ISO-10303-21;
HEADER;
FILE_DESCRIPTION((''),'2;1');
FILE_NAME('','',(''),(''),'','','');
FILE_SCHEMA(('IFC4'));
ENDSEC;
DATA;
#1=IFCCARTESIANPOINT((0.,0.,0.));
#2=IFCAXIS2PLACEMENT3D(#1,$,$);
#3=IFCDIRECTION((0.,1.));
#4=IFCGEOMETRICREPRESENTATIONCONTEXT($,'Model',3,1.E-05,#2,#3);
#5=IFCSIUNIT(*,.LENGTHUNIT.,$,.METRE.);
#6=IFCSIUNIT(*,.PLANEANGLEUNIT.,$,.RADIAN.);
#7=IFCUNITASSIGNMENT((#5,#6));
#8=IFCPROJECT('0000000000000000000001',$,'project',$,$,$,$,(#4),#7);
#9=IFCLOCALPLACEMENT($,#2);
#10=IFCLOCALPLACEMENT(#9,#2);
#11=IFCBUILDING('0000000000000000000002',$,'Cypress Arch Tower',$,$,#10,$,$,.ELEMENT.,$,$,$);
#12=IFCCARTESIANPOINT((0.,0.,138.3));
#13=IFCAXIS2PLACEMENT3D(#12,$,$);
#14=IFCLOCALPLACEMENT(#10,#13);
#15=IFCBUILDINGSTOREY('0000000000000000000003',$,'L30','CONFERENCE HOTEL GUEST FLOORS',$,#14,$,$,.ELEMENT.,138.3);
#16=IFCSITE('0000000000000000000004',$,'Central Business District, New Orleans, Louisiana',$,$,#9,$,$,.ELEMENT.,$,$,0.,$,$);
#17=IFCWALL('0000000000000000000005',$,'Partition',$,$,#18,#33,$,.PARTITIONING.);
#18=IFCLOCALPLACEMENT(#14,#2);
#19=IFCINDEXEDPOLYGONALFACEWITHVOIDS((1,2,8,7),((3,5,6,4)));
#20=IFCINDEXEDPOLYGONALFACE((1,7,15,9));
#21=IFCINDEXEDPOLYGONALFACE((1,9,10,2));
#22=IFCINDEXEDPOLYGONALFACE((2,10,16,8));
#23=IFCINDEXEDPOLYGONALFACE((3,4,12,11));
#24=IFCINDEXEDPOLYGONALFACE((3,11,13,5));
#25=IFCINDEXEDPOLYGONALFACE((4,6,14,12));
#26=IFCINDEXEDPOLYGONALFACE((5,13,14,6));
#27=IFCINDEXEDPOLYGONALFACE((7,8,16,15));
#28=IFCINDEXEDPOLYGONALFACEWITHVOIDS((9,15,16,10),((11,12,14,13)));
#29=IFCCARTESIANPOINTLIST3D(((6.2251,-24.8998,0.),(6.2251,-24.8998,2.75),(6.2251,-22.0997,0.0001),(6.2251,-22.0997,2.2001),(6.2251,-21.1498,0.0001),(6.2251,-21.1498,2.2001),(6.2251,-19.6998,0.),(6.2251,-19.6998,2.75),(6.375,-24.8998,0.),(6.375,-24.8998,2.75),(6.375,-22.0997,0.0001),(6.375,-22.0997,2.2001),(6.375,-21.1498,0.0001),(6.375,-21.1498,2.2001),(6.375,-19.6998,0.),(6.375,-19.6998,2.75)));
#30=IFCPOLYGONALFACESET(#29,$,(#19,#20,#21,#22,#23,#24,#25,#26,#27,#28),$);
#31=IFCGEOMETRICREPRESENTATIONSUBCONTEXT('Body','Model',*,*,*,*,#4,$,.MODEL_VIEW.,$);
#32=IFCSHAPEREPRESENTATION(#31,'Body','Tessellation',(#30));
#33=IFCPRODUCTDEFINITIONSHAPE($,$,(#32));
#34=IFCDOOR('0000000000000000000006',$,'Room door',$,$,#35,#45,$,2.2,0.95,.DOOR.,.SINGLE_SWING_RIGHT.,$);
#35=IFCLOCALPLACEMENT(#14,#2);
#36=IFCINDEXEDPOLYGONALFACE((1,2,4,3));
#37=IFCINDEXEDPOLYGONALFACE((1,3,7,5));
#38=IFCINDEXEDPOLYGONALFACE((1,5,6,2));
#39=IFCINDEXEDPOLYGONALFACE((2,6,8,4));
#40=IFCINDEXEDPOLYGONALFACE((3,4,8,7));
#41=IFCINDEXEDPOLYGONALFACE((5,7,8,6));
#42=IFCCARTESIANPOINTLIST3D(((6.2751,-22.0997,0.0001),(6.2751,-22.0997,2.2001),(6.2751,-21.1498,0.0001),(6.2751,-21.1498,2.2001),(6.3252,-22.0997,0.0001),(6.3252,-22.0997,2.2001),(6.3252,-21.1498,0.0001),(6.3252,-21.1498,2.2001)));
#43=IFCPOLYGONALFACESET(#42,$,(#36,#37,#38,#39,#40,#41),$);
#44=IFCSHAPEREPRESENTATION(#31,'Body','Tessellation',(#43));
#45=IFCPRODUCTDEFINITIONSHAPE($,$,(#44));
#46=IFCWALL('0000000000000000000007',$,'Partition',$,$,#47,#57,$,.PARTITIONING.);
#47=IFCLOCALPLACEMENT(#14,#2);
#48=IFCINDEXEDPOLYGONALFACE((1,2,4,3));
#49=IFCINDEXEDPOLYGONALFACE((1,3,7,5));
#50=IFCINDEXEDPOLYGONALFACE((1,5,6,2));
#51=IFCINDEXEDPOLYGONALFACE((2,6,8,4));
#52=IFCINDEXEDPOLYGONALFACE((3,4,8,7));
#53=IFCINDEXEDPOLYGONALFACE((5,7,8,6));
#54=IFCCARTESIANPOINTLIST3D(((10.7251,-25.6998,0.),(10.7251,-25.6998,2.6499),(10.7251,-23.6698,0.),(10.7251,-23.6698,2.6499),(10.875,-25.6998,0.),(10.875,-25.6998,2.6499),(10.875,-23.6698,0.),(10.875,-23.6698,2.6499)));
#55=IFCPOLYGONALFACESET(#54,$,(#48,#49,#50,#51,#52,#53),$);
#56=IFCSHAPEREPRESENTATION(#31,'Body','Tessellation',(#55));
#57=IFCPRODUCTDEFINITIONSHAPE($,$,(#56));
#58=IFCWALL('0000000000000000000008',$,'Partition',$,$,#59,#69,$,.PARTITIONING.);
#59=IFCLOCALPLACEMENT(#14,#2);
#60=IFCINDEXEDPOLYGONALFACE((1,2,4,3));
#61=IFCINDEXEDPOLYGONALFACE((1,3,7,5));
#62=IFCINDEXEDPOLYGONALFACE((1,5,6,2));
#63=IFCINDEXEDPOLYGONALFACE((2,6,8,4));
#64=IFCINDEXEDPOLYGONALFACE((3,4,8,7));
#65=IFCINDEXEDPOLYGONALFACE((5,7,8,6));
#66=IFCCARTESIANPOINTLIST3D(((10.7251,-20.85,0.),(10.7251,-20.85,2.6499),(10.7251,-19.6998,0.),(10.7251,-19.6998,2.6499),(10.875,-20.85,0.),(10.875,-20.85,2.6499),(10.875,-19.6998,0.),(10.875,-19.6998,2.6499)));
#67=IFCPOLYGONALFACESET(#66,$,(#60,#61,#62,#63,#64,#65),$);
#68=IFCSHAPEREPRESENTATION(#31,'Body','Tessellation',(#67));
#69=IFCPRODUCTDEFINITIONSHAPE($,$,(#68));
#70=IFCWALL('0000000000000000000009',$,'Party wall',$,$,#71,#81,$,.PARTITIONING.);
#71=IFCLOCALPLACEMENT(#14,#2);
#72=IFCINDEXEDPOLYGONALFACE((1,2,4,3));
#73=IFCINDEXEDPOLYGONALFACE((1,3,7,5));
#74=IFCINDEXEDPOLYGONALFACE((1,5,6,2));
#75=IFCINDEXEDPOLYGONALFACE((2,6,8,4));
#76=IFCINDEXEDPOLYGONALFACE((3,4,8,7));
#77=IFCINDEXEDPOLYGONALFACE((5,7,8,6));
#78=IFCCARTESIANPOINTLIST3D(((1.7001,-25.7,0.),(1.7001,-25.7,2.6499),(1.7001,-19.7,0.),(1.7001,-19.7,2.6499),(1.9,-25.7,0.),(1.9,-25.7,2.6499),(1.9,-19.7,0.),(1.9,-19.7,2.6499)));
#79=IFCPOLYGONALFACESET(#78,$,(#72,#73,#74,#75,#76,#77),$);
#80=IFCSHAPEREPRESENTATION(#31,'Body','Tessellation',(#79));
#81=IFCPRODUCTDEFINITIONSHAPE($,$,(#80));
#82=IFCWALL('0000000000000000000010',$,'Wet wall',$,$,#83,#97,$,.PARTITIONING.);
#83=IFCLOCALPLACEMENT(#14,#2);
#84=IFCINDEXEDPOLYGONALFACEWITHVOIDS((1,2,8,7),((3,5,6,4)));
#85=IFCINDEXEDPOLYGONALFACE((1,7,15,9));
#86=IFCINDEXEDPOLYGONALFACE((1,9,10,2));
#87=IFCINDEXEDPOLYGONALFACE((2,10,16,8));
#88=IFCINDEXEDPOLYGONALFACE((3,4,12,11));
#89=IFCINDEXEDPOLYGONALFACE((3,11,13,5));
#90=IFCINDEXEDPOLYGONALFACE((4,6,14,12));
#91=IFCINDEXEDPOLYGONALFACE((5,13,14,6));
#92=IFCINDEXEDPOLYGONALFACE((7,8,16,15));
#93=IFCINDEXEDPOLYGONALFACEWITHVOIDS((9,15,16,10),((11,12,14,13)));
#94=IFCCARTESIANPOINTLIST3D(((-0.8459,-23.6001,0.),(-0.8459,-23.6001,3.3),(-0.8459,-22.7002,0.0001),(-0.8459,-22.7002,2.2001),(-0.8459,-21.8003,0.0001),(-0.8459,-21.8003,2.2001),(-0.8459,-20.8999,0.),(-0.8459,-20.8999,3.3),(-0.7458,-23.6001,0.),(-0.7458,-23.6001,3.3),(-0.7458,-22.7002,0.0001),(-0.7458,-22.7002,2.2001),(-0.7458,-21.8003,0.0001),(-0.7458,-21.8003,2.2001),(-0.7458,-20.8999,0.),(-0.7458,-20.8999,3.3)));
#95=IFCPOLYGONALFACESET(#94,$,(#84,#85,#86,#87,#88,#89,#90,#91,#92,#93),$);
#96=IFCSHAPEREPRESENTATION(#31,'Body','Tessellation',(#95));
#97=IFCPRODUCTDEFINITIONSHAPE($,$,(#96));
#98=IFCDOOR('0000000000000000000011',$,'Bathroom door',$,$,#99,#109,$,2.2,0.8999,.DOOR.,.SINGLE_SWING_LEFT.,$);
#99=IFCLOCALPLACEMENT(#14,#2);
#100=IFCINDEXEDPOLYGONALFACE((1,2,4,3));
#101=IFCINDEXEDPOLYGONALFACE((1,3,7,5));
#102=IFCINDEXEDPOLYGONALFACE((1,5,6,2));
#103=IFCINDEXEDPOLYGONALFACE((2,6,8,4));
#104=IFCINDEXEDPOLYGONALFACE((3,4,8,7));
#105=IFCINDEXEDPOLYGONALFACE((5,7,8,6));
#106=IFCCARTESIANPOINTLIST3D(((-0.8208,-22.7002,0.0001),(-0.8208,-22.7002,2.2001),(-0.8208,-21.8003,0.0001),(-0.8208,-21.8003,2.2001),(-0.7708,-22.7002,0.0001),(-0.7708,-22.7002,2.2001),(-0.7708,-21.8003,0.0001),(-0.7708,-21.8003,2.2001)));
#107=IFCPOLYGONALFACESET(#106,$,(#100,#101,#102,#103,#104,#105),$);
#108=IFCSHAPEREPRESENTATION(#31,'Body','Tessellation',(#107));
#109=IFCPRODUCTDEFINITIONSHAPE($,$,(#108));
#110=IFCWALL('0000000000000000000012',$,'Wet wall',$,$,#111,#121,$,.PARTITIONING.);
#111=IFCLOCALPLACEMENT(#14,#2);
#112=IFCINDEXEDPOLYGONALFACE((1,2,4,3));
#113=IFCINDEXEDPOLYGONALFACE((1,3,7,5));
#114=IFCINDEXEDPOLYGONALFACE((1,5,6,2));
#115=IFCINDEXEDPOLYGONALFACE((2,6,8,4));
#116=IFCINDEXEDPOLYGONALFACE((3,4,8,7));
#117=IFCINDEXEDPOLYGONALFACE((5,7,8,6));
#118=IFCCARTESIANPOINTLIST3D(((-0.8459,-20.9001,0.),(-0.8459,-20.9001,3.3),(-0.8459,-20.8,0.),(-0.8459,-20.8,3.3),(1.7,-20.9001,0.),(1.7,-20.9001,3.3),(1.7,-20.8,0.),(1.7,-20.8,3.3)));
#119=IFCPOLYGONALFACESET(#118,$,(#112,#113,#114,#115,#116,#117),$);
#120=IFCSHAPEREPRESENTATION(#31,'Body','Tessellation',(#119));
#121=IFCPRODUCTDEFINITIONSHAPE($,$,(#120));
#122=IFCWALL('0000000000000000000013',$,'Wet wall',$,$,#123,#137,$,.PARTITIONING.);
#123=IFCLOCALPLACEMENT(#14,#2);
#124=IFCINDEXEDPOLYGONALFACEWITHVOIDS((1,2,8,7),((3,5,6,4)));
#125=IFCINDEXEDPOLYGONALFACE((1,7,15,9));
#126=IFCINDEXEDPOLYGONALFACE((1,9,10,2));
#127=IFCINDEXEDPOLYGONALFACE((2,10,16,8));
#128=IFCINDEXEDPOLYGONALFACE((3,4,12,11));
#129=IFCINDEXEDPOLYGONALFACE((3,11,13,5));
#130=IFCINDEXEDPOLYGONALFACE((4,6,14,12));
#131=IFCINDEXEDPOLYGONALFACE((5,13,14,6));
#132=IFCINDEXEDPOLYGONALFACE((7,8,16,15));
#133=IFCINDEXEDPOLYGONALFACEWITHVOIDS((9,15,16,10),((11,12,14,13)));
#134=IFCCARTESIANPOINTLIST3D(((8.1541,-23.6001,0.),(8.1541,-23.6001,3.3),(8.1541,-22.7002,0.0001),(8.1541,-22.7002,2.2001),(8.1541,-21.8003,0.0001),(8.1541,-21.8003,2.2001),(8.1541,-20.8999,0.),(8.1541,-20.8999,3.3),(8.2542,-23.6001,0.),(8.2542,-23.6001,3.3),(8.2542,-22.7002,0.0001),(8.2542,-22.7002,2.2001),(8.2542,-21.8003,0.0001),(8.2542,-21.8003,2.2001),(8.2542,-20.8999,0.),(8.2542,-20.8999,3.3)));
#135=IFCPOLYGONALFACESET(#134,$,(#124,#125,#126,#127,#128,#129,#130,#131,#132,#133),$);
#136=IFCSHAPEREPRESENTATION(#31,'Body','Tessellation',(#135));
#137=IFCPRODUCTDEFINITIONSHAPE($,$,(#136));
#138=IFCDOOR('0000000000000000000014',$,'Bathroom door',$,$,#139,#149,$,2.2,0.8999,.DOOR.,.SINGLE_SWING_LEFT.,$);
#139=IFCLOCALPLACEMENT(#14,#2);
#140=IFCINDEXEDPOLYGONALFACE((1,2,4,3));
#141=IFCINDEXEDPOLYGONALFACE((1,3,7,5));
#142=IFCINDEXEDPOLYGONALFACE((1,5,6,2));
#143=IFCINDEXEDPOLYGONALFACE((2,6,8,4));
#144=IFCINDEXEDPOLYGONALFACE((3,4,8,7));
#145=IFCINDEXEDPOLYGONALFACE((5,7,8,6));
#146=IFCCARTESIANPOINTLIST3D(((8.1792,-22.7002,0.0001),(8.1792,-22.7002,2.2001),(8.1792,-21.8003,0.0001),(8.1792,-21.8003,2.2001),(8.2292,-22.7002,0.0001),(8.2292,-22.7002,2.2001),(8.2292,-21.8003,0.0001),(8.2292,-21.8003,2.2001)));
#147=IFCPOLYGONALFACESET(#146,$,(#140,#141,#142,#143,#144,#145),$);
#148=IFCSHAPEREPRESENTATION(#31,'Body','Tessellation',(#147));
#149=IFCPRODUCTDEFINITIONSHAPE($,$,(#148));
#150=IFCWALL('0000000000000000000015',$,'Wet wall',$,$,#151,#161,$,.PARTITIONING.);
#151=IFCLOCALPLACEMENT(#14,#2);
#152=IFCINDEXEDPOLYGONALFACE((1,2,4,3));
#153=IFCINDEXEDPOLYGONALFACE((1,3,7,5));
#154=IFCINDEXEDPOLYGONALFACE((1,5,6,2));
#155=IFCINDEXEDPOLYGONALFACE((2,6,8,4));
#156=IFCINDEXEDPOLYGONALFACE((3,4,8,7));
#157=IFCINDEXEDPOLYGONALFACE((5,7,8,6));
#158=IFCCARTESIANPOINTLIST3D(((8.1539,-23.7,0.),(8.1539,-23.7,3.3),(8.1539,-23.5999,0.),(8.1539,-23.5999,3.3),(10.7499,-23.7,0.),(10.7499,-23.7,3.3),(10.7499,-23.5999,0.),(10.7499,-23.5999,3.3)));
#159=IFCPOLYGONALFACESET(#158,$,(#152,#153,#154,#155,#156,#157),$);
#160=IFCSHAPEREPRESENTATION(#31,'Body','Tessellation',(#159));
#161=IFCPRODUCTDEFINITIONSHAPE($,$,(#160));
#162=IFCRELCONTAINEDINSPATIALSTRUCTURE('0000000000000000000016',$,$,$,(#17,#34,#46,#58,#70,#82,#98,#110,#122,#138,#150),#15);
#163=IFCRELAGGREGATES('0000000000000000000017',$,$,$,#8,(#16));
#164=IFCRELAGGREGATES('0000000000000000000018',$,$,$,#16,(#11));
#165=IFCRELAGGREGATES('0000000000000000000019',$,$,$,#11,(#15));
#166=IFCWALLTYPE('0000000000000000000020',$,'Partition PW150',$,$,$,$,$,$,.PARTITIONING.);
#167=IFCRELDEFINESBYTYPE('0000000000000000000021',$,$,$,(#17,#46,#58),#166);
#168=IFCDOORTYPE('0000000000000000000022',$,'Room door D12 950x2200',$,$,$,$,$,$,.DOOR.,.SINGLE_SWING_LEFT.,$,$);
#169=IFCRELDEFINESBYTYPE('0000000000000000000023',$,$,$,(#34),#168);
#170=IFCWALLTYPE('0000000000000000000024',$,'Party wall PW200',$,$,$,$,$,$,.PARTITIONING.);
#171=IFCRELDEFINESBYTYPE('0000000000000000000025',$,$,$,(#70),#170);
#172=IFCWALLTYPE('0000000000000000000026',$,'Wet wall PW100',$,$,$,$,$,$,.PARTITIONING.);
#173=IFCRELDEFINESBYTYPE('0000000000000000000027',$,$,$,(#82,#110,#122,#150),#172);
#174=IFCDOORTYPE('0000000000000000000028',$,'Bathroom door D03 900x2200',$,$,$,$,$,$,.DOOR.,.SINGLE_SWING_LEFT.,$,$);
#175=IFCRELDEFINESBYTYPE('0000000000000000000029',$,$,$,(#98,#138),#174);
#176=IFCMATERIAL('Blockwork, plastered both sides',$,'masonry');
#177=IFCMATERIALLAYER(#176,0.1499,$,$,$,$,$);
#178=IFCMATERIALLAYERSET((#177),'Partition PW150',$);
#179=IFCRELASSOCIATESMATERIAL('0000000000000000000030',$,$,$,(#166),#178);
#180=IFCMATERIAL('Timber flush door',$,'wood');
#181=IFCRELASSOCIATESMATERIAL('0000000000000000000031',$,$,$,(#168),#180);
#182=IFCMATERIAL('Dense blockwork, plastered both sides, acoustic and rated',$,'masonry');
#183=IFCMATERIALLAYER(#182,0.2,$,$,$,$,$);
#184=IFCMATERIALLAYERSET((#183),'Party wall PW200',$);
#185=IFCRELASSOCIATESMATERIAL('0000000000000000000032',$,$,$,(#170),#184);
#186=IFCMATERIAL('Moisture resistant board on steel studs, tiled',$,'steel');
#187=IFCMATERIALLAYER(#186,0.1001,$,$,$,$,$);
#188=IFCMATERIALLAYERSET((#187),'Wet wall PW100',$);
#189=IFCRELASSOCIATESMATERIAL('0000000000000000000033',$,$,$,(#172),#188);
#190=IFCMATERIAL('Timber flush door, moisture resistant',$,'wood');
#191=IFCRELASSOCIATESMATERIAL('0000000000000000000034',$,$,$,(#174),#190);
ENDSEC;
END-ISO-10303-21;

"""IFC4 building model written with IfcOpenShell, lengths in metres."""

from ifc_helpers import new_model, si_unit, direction, frame, frame_2d, origin, place, context, subcontext, project, spatial, rectangle, extrude, material, layer, layer_set, type_object, element, fill, save


model = new_model("IFC4")

# Units and contexts
model_context = context("Model", 3, precision=1e-05, world=origin(), true_north=direction((0.0, 1.0)))
body_context = subcontext(model_context, "Body", "Model", "MODEL_VIEW")
ifc_project = project(units=[si_unit("LENGTHUNIT", "METRE"), si_unit("PLANEANGLEUNIT", "RADIAN")], contexts=[model_context])

# Site, building, storey
site_placement = place(None, origin())
site = spatial("IfcSite", under=ifc_project, at=site_placement, Name="Central Business District, New Orleans, Louisiana", CompositionType="ELEMENT", RefElevation=0.0)
building_placement = place(site_placement, origin())
building = spatial("IfcBuilding", under=site, at=building_placement, Name="Cypress Arch Tower", CompositionType="ELEMENT")
storey_placement = place(building_placement, frame((0.0, 0.0, 138.3)))
storey = spatial("IfcBuildingStorey", under=building, at=storey_placement, Name="L30", Description="CONFERENCE HOTEL GUEST FLOORS", CompositionType="ELEMENT", Elevation=138.3)

# Wall, opening, door
ifc_material_1 = material(Name="Blockwork, plastered both sides", Category="masonry")
ifc_layer_1 = layer(ifc_material_1, 0.1499)
ifc_layer_set_1 = layer_set([ifc_layer_1], Name="Partition PW150")
wall_type_1 = type_object("IfcWallType", Name="Partition PW150", PredefinedType="PARTITIONING", material=ifc_layer_set_1)
wall_1_placement = place(storey_placement, frame((6.3, -24.8999, 0.0), z_axis=(0.0, 0.0, 1.0), x_axis=(0.0, 1.0, 0.0)))
wall_1 = element("IfcWall", 1, at=wall_1_placement, inside=storey, type_object=wall_type_1, Name="Partition", PredefinedType="PARTITIONING", context=body_context, shape_type="SweptSolid", body=[
    extrude(rectangle(XDim=5.2, YDim=0.1499, at=frame_2d((2.6001, 0.0))), origin(), (0.0, 0.0, 1.0), 2.75),
])
opening_1_placement = place(wall_1_placement, frame((2.8, 0.0, 0.0)))
opening_1 = element("IfcOpeningElement", 2, at=opening_1_placement, cuts=wall_1, PredefinedType="OPENING", context=body_context, shape_type="SweptSolid", body=[
    extrude(rectangle(XDim=0.95, YDim=2.2, at=frame_2d((0.4751, 1.1001))), frame((0.0, 0.085, 0.0), z_axis=(0.0, -1.0, 0.0), x_axis=(1.0, 0.0, 0.0)), (0.0, 0.0, 1.0), 0.1699),
])
ifc_material_2 = material(Name="Timber flush door", Category="wood")
door_type_1 = type_object("IfcDoorType", Name="Room door D12 950x2200", OperationType="SINGLE_SWING_LEFT", PredefinedType="DOOR", material=ifc_material_2)
door_1_placement = place(opening_1_placement, origin())
door_1 = element("IfcDoor", 3, at=door_1_placement, inside=storey, type_object=door_type_1, Name="Room door", OperationType="SINGLE_SWING_RIGHT", OverallHeight=2.2, OverallWidth=0.95, PredefinedType="DOOR", context=body_context, shape_type="SweptSolid", body=[
    extrude(rectangle(XDim=0.95, YDim=2.2, at=frame_2d((0.4751, 1.1001))), frame((0.0, 0.0249, 0.0), z_axis=(0.0, -1.0, 0.0), x_axis=(1.0, 0.0, 0.0)), (0.0, 0.0, 1.0), 0.05),
])
fill(opening_1, door_1)

# Walls
wall_2_placement = place(storey_placement, frame((10.8, -25.7, 0.0), z_axis=(0.0, 0.0, 1.0), x_axis=(0.0, 1.0, 0.0)))
element("IfcWall", 4, at=wall_2_placement, inside=storey, type_object=wall_type_1, Name="Partition", PredefinedType="PARTITIONING", context=body_context, shape_type="SweptSolid", body=[
    extrude(rectangle(XDim=2.03, YDim=0.1499, at=frame_2d((1.0151, 0.0))), origin(), (0.0, 0.0, 1.0), 2.6499),
])
wall_3_placement = place(storey_placement, frame((10.8, -20.8501, 0.0), z_axis=(0.0, 0.0, 1.0), x_axis=(0.0, 1.0, 0.0)))
element("IfcWall", 5, at=wall_3_placement, inside=storey, type_object=wall_type_1, Name="Partition", PredefinedType="PARTITIONING", context=body_context, shape_type="SweptSolid", body=[
    extrude(rectangle(XDim=1.1501, YDim=0.1499, at=frame_2d((0.5752, 0.0))), origin(), (0.0, 0.0, 1.0), 2.6499),
])
ifc_material_3 = material(Name="Dense blockwork, plastered both sides, acoustic and rated", Category="masonry")
ifc_layer_2 = layer(ifc_material_3, 0.2)
ifc_layer_set_2 = layer_set([ifc_layer_2], Name="Party wall PW200")
wall_type_2 = type_object("IfcWallType", Name="Party wall PW200", PredefinedType="PARTITIONING", material=ifc_layer_set_2)
wall_4_placement = place(storey_placement, frame((1.8, -25.7, 0.0), z_axis=(0.0, 0.0, 1.0), x_axis=(0.0, 1.0, 0.0)))
element("IfcWall", 6, at=wall_4_placement, inside=storey, type_object=wall_type_2, Name="Party wall", PredefinedType="PARTITIONING", context=body_context, shape_type="SweptSolid", body=[
    extrude(rectangle(XDim=6.0, YDim=0.2, at=frame_2d((3.0, 0.0))), origin(), (0.0, 0.0, 1.0), 2.6499),
])

# Wall, opening, door
ifc_material_4 = material(Name="Moisture resistant board on steel studs, tiled", Category="steel")
ifc_layer_3 = layer(ifc_material_4, 0.1001)
ifc_layer_set_3 = layer_set([ifc_layer_3], Name="Wet wall PW100")
wall_type_3 = type_object("IfcWallType", Name="Wet wall PW100", PredefinedType="PARTITIONING", material=ifc_layer_set_3)
wall_5_placement = place(storey_placement, frame((-0.7959, -23.6001, 0.0), z_axis=(0.0, 0.0, 1.0), x_axis=(0.0, 1.0, 0.0)))
wall_5 = element("IfcWall", 7, at=wall_5_placement, inside=storey, type_object=wall_type_3, Name="Wet wall", PredefinedType="PARTITIONING", context=body_context, shape_type="SweptSolid", body=[
    extrude(rectangle(XDim=2.7002, YDim=0.1001, at=frame_2d((1.3501, 0.0))), origin(), (0.0, 0.0, 1.0), 3.3),
])
opening_2_placement = place(wall_5_placement, frame((0.8999, 0.0, 0.0)))
opening_2 = element("IfcOpeningElement", 8, at=opening_2_placement, cuts=wall_5, PredefinedType="OPENING", context=body_context, shape_type="SweptSolid", body=[
    extrude(rectangle(XDim=0.8999, YDim=2.2, at=frame_2d((0.45, 1.1001))), frame((0.0, 0.0601, 0.0), z_axis=(0.0, -1.0, 0.0), x_axis=(1.0, 0.0, 0.0)), (0.0, 0.0, 1.0), 0.1201),
])
ifc_material_5 = material(Name="Timber flush door, moisture resistant", Category="wood")
door_type_2 = type_object("IfcDoorType", Name="Bathroom door D03 900x2200", OperationType="SINGLE_SWING_LEFT", PredefinedType="DOOR", material=ifc_material_5)
door_2_placement = place(opening_2_placement, origin())
door_2 = element("IfcDoor", 9, at=door_2_placement, inside=storey, type_object=door_type_2, Name="Bathroom door", OperationType="SINGLE_SWING_LEFT", OverallHeight=2.2, OverallWidth=0.8999, PredefinedType="DOOR", context=body_context, shape_type="SweptSolid", body=[
    extrude(rectangle(XDim=0.8999, YDim=2.2, at=frame_2d((0.45, 1.1001))), frame((0.0, 0.0249, 0.0), z_axis=(0.0, -1.0, 0.0), x_axis=(1.0, 0.0, 0.0)), (0.0, 0.0, 1.0), 0.05),
])
fill(opening_2, door_2)

# Wall
wall_6_placement = place(storey_placement, frame((-0.8459, -20.8501, 0.0), z_axis=(0.0, 0.0, 1.0), x_axis=(1.0, 0.0, 0.0)))
element("IfcWall", 10, at=wall_6_placement, inside=storey, type_object=wall_type_3, Name="Wet wall", PredefinedType="PARTITIONING", context=body_context, shape_type="SweptSolid", body=[
    extrude(rectangle(XDim=2.5459, YDim=0.1001, at=frame_2d((1.2729, 0.0))), origin(), (0.0, 0.0, 1.0), 3.3),
])

# Wall, opening, door
wall_7_placement = place(storey_placement, frame((8.2041, -23.6001, 0.0), z_axis=(0.0, 0.0, 1.0), x_axis=(0.0, 1.0, 0.0)))
wall_7 = element("IfcWall", 11, at=wall_7_placement, inside=storey, type_object=wall_type_3, Name="Wet wall", PredefinedType="PARTITIONING", context=body_context, shape_type="SweptSolid", body=[
    extrude(rectangle(XDim=2.7002, YDim=0.1001, at=frame_2d((1.3501, 0.0))), origin(), (0.0, 0.0, 1.0), 3.3),
])
opening_3_placement = place(wall_7_placement, frame((0.8999, 0.0, 0.0)))
opening_3 = element("IfcOpeningElement", 12, at=opening_3_placement, cuts=wall_7, PredefinedType="OPENING", context=body_context, shape_type="SweptSolid", body=[
    extrude(rectangle(XDim=0.8999, YDim=2.2, at=frame_2d((0.45, 1.1001))), frame((0.0, 0.0601, 0.0), z_axis=(0.0, -1.0, 0.0), x_axis=(1.0, 0.0, 0.0)), (0.0, 0.0, 1.0), 0.1201),
])
door_3_placement = place(opening_3_placement, origin())
door_3 = element("IfcDoor", 13, at=door_3_placement, inside=storey, type_object=door_type_2, Name="Bathroom door", OperationType="SINGLE_SWING_LEFT", OverallHeight=2.2, OverallWidth=0.8999, PredefinedType="DOOR", context=body_context, shape_type="SweptSolid", body=[
    extrude(rectangle(XDim=0.8999, YDim=2.2, at=frame_2d((0.45, 1.1001))), frame((0.0, 0.0249, 0.0), z_axis=(0.0, -1.0, 0.0), x_axis=(1.0, 0.0, 0.0)), (0.0, 0.0, 1.0), 0.05),
])
fill(opening_3, door_3)

# Wall
wall_8_placement = place(storey_placement, frame((8.1541, -23.6499, 0.0), z_axis=(0.0, 0.0, 1.0), x_axis=(1.0, 0.0, 0.0)))
element("IfcWall", 14, at=wall_8_placement, inside=storey, type_object=wall_type_3, Name="Wet wall", PredefinedType="PARTITIONING", context=body_context, shape_type="SweptSolid", body=[
    extrude(rectangle(XDim=2.5959, YDim=0.1001, at=frame_2d((1.2979, 0.0))), origin(), (0.0, 0.0, 1.0), 3.3),
])

save(model, "model.ifc")
